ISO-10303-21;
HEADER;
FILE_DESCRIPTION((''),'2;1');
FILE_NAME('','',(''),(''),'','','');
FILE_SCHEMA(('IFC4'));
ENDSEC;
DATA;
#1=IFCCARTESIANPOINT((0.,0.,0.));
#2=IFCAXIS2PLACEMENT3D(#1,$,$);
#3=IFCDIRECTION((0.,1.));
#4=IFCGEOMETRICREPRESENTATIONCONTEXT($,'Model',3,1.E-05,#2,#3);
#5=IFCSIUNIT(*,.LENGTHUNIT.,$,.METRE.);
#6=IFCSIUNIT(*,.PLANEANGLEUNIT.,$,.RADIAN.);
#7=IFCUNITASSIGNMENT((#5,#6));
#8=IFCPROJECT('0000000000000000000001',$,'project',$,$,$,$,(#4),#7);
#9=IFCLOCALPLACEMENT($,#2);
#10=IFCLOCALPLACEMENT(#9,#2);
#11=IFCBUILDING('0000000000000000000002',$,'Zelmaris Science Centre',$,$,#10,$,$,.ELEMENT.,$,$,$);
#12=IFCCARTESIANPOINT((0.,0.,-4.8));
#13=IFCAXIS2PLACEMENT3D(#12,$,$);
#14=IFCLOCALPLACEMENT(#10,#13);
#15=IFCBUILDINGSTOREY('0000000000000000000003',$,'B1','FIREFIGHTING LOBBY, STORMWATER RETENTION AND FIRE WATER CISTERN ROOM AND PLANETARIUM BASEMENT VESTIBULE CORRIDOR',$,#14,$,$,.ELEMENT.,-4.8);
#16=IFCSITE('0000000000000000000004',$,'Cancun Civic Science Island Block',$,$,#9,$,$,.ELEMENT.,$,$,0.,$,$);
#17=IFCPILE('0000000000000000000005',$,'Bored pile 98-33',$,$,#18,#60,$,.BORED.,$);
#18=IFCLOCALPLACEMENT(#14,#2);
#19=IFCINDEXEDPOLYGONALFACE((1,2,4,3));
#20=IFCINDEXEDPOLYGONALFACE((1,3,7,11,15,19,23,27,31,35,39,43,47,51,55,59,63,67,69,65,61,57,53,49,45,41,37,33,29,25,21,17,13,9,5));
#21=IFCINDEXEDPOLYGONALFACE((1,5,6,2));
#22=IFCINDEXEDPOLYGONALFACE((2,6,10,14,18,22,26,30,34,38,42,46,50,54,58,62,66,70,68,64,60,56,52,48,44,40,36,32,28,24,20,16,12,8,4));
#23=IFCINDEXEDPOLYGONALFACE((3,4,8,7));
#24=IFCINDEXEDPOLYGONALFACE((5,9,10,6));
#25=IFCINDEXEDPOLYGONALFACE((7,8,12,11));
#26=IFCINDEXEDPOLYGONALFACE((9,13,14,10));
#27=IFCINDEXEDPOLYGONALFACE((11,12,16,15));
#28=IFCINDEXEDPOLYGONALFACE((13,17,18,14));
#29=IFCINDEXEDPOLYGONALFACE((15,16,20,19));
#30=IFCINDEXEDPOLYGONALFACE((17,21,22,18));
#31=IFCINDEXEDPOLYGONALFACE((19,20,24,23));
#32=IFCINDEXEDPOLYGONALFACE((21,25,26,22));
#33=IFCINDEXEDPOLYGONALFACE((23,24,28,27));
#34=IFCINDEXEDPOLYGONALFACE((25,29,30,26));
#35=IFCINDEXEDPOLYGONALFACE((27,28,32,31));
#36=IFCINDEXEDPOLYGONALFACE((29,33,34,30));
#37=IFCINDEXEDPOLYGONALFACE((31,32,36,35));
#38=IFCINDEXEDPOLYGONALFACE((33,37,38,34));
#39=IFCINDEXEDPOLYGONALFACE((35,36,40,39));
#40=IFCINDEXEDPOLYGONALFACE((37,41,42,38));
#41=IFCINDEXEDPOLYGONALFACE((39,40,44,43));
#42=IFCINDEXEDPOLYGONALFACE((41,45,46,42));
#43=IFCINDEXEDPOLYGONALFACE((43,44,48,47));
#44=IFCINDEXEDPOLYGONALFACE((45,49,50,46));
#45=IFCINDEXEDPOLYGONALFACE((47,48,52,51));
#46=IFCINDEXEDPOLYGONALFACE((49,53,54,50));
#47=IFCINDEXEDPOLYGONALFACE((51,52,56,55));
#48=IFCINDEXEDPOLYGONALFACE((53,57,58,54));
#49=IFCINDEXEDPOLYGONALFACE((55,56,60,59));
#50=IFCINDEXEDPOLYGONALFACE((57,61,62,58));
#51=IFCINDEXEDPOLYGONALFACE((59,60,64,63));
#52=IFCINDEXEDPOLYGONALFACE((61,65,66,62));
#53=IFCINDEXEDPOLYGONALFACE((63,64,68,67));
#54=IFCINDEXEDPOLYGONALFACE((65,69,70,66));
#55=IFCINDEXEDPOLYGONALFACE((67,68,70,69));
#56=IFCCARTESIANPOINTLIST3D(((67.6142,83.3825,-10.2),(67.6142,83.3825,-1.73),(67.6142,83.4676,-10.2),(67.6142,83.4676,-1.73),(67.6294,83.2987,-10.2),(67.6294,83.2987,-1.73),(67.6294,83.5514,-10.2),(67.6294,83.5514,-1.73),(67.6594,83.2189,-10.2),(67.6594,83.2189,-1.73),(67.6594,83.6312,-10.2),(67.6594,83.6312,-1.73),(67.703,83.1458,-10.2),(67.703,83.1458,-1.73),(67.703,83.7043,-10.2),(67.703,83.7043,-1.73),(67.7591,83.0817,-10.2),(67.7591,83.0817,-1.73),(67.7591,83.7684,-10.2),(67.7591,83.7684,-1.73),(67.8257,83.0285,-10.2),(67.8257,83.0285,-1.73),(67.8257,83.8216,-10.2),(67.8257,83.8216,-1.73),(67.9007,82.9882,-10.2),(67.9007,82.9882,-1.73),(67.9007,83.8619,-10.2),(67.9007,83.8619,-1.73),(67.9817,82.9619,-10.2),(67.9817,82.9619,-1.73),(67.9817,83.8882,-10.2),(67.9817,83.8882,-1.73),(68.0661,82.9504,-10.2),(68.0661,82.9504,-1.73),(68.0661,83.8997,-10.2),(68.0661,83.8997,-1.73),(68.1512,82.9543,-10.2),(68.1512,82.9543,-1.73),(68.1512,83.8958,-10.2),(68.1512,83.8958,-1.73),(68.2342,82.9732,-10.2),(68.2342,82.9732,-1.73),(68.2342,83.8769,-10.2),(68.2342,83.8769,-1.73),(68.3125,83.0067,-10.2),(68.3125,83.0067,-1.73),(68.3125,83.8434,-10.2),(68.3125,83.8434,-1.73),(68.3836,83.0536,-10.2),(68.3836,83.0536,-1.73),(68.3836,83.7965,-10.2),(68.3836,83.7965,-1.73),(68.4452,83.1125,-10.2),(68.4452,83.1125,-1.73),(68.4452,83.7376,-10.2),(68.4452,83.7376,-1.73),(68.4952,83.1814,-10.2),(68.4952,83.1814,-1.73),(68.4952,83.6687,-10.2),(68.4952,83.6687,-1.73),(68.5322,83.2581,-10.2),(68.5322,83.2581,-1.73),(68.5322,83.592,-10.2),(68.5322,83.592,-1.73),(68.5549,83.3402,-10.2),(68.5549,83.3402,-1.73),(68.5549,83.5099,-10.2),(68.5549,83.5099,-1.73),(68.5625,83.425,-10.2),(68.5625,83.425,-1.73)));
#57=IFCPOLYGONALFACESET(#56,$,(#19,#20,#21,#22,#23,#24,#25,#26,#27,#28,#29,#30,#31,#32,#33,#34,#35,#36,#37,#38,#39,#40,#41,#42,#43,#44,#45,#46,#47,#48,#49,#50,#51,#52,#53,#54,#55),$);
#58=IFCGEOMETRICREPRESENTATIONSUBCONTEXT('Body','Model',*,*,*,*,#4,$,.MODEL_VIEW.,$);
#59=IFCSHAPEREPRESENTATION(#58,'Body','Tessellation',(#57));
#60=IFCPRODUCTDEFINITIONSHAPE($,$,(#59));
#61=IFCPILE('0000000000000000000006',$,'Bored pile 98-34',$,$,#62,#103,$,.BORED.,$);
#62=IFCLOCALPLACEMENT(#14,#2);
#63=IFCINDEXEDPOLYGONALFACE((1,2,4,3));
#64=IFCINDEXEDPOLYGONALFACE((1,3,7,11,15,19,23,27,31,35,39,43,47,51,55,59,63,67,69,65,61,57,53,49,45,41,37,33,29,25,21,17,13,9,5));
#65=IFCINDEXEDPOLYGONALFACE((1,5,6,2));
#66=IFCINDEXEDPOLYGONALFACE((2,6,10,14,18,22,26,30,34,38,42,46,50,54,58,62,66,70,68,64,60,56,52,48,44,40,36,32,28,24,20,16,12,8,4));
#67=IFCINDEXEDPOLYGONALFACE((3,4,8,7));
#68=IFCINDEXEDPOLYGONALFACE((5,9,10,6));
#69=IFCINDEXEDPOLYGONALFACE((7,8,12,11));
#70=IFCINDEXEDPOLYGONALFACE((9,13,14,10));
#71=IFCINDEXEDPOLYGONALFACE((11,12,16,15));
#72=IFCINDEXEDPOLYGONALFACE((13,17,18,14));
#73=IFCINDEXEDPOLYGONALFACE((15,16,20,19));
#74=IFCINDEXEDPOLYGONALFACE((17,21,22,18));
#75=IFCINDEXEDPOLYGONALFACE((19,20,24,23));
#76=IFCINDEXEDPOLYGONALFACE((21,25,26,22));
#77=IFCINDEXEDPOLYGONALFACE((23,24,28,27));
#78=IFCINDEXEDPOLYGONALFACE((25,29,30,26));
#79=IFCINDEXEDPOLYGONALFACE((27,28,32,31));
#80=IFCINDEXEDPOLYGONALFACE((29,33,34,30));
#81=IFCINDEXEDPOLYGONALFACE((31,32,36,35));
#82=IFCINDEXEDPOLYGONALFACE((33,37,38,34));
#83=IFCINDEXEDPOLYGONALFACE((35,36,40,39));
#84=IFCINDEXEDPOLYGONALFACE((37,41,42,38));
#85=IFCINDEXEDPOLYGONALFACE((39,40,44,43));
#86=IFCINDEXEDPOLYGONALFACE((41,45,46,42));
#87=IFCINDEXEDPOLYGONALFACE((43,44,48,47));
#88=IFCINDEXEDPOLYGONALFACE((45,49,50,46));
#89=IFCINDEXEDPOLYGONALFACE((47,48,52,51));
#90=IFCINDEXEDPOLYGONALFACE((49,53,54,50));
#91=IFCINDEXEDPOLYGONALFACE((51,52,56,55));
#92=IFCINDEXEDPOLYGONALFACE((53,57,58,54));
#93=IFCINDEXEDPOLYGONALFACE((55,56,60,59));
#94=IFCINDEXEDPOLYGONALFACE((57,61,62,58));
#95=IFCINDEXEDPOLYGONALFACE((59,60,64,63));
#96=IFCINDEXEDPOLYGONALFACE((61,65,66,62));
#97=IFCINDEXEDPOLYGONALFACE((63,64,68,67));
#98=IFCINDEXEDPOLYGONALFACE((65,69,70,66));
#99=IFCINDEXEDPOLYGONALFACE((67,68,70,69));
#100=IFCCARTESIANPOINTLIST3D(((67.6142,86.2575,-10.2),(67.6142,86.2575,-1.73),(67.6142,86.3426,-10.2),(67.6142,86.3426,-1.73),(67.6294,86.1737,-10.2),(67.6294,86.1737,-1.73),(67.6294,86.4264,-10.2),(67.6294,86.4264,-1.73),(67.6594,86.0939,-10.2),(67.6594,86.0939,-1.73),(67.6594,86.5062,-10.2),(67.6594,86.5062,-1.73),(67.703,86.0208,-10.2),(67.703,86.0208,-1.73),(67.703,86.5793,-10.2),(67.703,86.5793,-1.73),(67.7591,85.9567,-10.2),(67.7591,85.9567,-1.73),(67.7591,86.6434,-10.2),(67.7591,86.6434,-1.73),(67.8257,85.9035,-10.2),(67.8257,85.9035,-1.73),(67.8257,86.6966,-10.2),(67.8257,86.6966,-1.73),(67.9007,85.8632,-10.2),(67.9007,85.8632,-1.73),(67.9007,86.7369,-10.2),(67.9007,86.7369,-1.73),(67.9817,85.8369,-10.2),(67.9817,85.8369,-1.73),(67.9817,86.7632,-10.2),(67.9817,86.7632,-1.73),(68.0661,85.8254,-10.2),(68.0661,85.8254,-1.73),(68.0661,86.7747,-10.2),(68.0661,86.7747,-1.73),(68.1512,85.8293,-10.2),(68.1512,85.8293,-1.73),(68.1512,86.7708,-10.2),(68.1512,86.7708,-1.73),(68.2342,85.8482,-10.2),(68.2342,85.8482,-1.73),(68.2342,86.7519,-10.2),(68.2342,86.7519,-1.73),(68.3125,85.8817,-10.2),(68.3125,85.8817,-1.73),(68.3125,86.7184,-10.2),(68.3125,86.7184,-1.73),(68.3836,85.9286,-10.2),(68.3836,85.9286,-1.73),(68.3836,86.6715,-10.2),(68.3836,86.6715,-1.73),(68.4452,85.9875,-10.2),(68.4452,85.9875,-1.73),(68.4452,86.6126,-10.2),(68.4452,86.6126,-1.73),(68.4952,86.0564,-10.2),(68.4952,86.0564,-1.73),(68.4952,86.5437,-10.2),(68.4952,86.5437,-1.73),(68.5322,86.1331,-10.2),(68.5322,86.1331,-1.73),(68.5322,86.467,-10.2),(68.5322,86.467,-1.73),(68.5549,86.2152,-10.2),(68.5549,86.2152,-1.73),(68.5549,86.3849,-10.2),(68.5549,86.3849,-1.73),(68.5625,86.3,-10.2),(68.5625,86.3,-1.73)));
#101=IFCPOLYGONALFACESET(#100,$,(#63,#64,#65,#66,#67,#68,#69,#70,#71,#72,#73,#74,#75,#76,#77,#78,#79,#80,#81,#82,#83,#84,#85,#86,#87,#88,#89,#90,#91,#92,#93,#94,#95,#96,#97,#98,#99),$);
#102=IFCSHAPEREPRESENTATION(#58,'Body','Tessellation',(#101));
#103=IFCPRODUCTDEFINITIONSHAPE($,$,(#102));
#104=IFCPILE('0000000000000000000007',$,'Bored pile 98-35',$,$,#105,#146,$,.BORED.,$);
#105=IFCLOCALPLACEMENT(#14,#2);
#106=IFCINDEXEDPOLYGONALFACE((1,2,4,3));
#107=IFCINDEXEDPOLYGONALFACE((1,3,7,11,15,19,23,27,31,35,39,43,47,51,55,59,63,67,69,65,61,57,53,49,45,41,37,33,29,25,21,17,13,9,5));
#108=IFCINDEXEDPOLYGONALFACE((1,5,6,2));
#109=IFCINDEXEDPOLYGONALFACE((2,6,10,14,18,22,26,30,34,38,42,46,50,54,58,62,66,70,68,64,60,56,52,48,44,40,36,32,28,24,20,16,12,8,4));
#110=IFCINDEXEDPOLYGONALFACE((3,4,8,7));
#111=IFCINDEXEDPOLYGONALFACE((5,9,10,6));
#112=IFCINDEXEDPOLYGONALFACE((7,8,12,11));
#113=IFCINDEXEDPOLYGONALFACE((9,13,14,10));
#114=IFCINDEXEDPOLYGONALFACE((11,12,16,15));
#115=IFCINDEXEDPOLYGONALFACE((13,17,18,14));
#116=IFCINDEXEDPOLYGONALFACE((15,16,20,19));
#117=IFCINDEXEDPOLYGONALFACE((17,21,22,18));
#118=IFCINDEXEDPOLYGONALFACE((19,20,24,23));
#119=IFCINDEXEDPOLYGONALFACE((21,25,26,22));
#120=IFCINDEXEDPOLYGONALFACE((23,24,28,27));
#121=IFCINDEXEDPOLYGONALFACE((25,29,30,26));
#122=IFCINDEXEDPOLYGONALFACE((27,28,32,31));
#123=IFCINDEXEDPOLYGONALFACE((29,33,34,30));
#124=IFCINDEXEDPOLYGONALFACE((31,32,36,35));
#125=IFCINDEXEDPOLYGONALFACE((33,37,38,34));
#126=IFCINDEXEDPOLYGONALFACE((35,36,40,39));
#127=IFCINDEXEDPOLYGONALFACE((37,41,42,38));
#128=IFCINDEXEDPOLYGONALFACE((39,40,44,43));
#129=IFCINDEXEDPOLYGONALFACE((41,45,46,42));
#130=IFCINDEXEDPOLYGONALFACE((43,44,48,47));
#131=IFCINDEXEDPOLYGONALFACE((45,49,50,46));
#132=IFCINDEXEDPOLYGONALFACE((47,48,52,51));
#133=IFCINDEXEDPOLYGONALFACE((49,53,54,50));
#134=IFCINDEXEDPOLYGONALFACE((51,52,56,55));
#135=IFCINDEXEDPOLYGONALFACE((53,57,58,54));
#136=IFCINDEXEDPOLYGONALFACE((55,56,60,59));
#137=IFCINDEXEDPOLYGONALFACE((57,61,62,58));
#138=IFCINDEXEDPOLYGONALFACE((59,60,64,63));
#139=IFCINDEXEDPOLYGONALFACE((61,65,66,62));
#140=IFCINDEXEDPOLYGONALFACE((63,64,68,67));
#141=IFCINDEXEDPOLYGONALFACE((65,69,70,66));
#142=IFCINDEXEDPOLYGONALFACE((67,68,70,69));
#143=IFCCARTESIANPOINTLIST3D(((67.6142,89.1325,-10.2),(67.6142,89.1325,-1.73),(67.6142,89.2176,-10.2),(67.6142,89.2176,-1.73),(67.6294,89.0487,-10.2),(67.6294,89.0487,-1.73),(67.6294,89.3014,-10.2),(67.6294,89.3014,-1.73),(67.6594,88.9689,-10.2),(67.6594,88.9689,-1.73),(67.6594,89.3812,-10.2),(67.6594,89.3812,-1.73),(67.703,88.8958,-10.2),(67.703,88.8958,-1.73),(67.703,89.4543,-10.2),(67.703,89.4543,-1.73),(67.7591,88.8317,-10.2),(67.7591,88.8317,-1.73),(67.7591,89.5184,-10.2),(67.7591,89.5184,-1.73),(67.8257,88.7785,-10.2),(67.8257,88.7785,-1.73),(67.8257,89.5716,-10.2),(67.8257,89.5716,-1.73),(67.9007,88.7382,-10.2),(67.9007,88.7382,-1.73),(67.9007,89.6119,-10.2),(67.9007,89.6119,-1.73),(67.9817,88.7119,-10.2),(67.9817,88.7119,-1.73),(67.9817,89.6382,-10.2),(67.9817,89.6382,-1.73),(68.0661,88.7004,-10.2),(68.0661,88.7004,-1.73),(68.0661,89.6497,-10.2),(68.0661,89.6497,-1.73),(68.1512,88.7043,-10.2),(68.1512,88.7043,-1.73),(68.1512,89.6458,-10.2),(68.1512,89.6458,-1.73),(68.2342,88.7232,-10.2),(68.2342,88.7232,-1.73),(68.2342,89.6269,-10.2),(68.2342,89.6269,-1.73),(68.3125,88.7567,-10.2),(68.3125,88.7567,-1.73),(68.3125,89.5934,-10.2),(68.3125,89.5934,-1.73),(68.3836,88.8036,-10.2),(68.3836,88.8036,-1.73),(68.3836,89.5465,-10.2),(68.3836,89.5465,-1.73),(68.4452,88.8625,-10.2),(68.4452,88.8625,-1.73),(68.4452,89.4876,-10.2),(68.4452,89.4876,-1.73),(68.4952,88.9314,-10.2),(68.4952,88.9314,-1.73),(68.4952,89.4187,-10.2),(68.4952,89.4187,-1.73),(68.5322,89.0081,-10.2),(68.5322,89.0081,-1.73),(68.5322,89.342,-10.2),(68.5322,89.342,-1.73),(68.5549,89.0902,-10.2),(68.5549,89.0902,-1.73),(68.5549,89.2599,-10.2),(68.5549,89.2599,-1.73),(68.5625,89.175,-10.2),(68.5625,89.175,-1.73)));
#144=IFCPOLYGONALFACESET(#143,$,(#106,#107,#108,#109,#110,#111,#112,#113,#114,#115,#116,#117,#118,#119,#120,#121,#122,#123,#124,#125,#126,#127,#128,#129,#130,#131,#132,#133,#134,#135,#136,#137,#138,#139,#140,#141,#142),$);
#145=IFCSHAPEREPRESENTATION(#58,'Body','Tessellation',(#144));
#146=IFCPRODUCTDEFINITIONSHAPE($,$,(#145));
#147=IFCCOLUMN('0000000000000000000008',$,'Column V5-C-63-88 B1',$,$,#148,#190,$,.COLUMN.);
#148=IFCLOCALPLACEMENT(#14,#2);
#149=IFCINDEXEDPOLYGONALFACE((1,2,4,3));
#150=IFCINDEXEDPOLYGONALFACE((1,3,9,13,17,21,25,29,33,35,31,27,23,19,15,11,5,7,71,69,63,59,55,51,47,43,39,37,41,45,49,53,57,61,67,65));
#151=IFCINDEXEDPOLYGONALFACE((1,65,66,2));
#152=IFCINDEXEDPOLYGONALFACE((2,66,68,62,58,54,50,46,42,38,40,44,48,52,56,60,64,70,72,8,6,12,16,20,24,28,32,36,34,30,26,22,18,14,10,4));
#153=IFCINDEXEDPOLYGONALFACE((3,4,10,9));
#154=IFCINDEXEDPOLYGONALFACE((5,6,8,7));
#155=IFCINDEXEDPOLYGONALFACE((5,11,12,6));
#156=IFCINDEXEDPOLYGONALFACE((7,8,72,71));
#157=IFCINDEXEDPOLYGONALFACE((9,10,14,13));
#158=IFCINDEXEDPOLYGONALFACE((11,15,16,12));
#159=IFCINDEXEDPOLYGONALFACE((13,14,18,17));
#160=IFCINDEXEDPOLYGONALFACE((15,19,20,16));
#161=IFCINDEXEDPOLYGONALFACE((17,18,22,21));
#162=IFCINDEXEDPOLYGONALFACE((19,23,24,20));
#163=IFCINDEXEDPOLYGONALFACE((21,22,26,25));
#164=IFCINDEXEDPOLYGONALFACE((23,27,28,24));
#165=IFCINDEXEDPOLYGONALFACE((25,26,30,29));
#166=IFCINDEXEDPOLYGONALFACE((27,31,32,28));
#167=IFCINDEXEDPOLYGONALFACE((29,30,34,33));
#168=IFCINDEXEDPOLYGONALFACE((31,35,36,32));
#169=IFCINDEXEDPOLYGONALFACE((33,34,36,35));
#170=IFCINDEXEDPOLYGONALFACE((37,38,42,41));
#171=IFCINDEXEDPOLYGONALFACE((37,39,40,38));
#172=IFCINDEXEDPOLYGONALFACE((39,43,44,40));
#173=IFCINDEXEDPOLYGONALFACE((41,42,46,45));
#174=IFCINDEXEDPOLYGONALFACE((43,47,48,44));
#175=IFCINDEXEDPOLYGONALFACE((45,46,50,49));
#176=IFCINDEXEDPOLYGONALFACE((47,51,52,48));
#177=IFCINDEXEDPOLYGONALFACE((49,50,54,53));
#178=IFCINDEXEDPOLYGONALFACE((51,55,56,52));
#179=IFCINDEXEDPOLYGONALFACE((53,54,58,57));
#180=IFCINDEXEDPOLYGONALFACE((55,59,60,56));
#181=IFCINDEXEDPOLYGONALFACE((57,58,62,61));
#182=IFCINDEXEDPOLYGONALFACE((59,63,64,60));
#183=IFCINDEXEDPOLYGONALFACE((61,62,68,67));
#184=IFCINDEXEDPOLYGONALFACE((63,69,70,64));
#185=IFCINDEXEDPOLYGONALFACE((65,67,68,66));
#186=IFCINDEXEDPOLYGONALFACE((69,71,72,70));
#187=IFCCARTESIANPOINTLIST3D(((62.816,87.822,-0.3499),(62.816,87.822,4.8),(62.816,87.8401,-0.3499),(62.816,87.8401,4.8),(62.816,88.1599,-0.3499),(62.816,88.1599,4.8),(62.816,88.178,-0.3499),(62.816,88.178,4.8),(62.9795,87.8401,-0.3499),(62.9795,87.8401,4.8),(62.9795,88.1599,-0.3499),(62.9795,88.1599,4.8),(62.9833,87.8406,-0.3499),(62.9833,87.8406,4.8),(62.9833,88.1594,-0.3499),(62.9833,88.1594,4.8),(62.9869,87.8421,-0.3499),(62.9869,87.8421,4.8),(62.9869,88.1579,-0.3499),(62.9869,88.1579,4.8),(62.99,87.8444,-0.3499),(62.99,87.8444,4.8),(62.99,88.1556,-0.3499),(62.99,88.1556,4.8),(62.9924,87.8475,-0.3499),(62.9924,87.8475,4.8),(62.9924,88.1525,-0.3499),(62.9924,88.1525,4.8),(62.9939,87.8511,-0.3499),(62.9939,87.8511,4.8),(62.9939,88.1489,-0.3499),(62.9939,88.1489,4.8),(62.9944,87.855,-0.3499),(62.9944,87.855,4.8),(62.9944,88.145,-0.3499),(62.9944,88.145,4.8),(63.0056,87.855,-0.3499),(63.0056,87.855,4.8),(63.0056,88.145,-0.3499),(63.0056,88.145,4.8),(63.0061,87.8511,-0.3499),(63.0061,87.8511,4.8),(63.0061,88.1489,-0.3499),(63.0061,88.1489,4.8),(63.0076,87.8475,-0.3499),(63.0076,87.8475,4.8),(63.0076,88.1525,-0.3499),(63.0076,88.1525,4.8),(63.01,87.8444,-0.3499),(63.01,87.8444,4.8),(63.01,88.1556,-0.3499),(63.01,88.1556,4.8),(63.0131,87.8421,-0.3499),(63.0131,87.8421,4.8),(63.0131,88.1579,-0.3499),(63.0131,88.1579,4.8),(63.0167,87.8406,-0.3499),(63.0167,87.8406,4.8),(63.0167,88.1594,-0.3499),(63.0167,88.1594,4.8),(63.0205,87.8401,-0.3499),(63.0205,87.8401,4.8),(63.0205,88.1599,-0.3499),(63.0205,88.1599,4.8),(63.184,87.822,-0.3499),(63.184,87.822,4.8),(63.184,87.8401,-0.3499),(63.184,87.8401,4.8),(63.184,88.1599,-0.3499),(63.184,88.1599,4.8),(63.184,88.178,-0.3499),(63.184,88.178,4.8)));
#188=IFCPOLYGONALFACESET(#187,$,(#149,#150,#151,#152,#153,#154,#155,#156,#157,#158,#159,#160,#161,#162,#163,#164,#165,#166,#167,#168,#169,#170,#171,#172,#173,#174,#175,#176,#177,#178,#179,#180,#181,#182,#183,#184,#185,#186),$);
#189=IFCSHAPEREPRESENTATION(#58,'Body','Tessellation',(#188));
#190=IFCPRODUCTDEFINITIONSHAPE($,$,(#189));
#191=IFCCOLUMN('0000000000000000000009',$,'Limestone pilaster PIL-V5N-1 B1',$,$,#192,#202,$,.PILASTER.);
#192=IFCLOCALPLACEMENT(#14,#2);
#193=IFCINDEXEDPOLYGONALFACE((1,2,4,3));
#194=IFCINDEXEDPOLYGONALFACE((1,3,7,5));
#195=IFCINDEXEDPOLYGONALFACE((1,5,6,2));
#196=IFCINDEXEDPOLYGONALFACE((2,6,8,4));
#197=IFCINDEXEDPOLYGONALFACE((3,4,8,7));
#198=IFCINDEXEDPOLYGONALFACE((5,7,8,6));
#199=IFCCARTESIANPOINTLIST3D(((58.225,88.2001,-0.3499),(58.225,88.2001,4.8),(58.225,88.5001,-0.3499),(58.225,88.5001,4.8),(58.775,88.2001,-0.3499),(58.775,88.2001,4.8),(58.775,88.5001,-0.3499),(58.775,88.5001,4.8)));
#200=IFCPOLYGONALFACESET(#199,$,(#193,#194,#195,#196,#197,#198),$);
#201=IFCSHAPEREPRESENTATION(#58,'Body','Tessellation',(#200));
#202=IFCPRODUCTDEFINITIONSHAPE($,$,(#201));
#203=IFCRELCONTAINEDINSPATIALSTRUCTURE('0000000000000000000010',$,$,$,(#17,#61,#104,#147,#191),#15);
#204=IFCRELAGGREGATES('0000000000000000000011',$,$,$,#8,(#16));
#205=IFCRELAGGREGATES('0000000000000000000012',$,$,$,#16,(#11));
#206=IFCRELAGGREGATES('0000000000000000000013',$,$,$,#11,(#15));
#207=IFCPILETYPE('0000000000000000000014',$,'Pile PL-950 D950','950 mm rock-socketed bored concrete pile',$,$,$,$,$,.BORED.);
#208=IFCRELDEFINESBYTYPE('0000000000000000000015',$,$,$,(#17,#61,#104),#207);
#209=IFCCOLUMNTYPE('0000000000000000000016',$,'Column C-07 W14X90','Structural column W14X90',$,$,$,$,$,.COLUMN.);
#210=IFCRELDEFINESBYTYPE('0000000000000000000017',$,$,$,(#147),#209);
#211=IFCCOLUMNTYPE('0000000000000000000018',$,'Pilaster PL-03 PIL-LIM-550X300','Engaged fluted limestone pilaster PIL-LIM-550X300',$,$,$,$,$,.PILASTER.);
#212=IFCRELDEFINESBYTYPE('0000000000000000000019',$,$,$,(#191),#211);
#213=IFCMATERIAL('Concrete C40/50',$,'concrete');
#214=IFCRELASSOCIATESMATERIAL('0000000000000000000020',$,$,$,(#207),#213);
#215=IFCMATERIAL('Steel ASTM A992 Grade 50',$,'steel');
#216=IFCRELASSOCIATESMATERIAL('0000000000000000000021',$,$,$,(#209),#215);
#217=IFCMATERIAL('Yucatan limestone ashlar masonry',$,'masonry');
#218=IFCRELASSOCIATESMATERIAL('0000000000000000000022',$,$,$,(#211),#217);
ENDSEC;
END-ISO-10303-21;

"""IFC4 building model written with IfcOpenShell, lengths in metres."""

from ifc_helpers import new_model, si_unit, direction, frame, origin, origin_2d, place, context, subcontext, project, spatial, rectangle, circle, i_section, extrude, material, material_profile, profile_set, type_object, element, save


model = new_model("IFC4")

# Units and contexts
model_context = context("Model", 3, precision=1e-05, world=origin(), true_north=direction((0.0, 1.0)))
body_context = subcontext(model_context, "Body", "Model", "MODEL_VIEW")
ifc_project = project(units=[si_unit("LENGTHUNIT", "METRE"), si_unit("PLANEANGLEUNIT", "RADIAN")], contexts=[model_context])

# Site, building, storey
site_placement = place(None, origin())
site = spatial("IfcSite", under=ifc_project, at=site_placement, Name="Cancun Civic Science Island Block", CompositionType="ELEMENT", RefElevation=0.0)
building_placement = place(site_placement, origin())
building = spatial("IfcBuilding", under=site, at=building_placement, Name="Zelmaris Science Centre", CompositionType="ELEMENT")
storey_placement = place(building_placement, frame((0.0, 0.0, -4.8)))
storey = spatial("IfcBuildingStorey", under=building, at=storey_placement, Name="B1", Description="FIREFIGHTING LOBBY, STORMWATER RETENTION AND FIRE WATER CISTERN ROOM AND PLANETARIUM BASEMENT VESTIBULE CORRIDOR", CompositionType="ELEMENT", Elevation=-4.8)

# Piles
ifc_material_1 = material(Name="Concrete C40/50", Category="concrete")
ifc_material_profile_1 = material_profile(ifc_material_1, circle(Radius=0.4751, at=origin_2d()), Name="PILE-950")
ifc_profile_set_1 = profile_set([ifc_material_profile_1], Name="Concrete C40/50")
pile_type = type_object("IfcPileType", Name="Pile PL-950 D950", Description="950 mm rock-socketed bored concrete pile", PredefinedType="BORED", material=ifc_profile_set_1)
for number, where, z_axis, x_axis, name in (
    (1, (68.0874, 83.425, -1.73), (0.0, 0.0, -1.0), (1.0, 0.0, 0.0), "Bored pile 98-33"),
    (2, (68.0874, 86.3, -1.73), (0.0, 0.0, -1.0), (1.0, 0.0, 0.0), "Bored pile 98-34"),
    (3, (68.0874, 89.175, -1.73), (0.0, 0.0, -1.0), (1.0, 0.0, 0.0), "Bored pile 98-35"),
):
    element("IfcPile", number, at=place(storey_placement, frame(where, z_axis=z_axis, x_axis=x_axis)), inside=storey, type_object=pile_type, Name=name, PredefinedType="BORED", context=body_context, shape_type="SweptSolid", body=[
        extrude(circle(Radius=0.4751, at=origin_2d()), origin(), (0.0, 0.0, 1.0), 8.47),
    ])

# Columns
ifc_material_2 = material(Name="Steel ASTM A992 Grade 50", Category="steel")
ifc_material_profile_2 = material_profile(ifc_material_2, i_section(OverallWidth=0.3679, OverallDepth=0.356, WebThickness=0.0112, FlangeThickness=0.0181, FilletRadius=0.0149, at=origin_2d()), Name="W14X90")
ifc_profile_set_2 = profile_set([ifc_material_profile_2], Name="Steel ASTM A992 Grade 50")
column_type_1 = type_object("IfcColumnType", Name="Column C-07 W14X90", Description="Structural column W14X90", PredefinedType="COLUMN", material=ifc_profile_set_2)
column_1_placement = place(storey_placement, frame((63.0, 88.0, -0.3499), z_axis=(0.0, 0.0, 1.0), x_axis=(1.0, 0.0, 0.0)))
element("IfcColumn", 4, at=column_1_placement, inside=storey, type_object=column_type_1, Name="Column V5-C-63-88 B1", PredefinedType="COLUMN", context=body_context, shape_type="SweptSolid", body=[
    extrude(i_section(OverallWidth=0.3679, OverallDepth=0.356, WebThickness=0.0112, FlangeThickness=0.0181, FilletRadius=0.0149, at=origin_2d()), origin(), (0.0, 0.0, 1.0), 5.1499),
])
ifc_material_3 = material(Name="Yucatan limestone ashlar masonry", Category="masonry")
ifc_material_profile_3 = material_profile(ifc_material_3, rectangle(XDim=0.55, YDim=0.3, at=origin_2d()), Name="PIL-LIM-550X300")
ifc_profile_set_3 = profile_set([ifc_material_profile_3], Name="Yucatan limestone ashlar masonry")
column_type_2 = type_object("IfcColumnType", Name="Pilaster PL-03 PIL-LIM-550X300", Description="Engaged fluted limestone pilaster PIL-LIM-550X300", PredefinedType="PILASTER", material=ifc_profile_set_3)
column_2_placement = place(storey_placement, frame((58.5, 88.3501, -0.3499), z_axis=(0.0, 0.0, 1.0), x_axis=(1.0, 0.0, 0.0)))
element("IfcColumn", 5, at=column_2_placement, inside=storey, type_object=column_type_2, Name="Limestone pilaster PIL-V5N-1 B1", PredefinedType="PILASTER", context=body_context, shape_type="SweptSolid", body=[
    extrude(rectangle(XDim=0.55, YDim=0.3, at=origin_2d()), origin(), (0.0, 0.0, 1.0), 5.1499),
])

save(model, "model.ifc")
